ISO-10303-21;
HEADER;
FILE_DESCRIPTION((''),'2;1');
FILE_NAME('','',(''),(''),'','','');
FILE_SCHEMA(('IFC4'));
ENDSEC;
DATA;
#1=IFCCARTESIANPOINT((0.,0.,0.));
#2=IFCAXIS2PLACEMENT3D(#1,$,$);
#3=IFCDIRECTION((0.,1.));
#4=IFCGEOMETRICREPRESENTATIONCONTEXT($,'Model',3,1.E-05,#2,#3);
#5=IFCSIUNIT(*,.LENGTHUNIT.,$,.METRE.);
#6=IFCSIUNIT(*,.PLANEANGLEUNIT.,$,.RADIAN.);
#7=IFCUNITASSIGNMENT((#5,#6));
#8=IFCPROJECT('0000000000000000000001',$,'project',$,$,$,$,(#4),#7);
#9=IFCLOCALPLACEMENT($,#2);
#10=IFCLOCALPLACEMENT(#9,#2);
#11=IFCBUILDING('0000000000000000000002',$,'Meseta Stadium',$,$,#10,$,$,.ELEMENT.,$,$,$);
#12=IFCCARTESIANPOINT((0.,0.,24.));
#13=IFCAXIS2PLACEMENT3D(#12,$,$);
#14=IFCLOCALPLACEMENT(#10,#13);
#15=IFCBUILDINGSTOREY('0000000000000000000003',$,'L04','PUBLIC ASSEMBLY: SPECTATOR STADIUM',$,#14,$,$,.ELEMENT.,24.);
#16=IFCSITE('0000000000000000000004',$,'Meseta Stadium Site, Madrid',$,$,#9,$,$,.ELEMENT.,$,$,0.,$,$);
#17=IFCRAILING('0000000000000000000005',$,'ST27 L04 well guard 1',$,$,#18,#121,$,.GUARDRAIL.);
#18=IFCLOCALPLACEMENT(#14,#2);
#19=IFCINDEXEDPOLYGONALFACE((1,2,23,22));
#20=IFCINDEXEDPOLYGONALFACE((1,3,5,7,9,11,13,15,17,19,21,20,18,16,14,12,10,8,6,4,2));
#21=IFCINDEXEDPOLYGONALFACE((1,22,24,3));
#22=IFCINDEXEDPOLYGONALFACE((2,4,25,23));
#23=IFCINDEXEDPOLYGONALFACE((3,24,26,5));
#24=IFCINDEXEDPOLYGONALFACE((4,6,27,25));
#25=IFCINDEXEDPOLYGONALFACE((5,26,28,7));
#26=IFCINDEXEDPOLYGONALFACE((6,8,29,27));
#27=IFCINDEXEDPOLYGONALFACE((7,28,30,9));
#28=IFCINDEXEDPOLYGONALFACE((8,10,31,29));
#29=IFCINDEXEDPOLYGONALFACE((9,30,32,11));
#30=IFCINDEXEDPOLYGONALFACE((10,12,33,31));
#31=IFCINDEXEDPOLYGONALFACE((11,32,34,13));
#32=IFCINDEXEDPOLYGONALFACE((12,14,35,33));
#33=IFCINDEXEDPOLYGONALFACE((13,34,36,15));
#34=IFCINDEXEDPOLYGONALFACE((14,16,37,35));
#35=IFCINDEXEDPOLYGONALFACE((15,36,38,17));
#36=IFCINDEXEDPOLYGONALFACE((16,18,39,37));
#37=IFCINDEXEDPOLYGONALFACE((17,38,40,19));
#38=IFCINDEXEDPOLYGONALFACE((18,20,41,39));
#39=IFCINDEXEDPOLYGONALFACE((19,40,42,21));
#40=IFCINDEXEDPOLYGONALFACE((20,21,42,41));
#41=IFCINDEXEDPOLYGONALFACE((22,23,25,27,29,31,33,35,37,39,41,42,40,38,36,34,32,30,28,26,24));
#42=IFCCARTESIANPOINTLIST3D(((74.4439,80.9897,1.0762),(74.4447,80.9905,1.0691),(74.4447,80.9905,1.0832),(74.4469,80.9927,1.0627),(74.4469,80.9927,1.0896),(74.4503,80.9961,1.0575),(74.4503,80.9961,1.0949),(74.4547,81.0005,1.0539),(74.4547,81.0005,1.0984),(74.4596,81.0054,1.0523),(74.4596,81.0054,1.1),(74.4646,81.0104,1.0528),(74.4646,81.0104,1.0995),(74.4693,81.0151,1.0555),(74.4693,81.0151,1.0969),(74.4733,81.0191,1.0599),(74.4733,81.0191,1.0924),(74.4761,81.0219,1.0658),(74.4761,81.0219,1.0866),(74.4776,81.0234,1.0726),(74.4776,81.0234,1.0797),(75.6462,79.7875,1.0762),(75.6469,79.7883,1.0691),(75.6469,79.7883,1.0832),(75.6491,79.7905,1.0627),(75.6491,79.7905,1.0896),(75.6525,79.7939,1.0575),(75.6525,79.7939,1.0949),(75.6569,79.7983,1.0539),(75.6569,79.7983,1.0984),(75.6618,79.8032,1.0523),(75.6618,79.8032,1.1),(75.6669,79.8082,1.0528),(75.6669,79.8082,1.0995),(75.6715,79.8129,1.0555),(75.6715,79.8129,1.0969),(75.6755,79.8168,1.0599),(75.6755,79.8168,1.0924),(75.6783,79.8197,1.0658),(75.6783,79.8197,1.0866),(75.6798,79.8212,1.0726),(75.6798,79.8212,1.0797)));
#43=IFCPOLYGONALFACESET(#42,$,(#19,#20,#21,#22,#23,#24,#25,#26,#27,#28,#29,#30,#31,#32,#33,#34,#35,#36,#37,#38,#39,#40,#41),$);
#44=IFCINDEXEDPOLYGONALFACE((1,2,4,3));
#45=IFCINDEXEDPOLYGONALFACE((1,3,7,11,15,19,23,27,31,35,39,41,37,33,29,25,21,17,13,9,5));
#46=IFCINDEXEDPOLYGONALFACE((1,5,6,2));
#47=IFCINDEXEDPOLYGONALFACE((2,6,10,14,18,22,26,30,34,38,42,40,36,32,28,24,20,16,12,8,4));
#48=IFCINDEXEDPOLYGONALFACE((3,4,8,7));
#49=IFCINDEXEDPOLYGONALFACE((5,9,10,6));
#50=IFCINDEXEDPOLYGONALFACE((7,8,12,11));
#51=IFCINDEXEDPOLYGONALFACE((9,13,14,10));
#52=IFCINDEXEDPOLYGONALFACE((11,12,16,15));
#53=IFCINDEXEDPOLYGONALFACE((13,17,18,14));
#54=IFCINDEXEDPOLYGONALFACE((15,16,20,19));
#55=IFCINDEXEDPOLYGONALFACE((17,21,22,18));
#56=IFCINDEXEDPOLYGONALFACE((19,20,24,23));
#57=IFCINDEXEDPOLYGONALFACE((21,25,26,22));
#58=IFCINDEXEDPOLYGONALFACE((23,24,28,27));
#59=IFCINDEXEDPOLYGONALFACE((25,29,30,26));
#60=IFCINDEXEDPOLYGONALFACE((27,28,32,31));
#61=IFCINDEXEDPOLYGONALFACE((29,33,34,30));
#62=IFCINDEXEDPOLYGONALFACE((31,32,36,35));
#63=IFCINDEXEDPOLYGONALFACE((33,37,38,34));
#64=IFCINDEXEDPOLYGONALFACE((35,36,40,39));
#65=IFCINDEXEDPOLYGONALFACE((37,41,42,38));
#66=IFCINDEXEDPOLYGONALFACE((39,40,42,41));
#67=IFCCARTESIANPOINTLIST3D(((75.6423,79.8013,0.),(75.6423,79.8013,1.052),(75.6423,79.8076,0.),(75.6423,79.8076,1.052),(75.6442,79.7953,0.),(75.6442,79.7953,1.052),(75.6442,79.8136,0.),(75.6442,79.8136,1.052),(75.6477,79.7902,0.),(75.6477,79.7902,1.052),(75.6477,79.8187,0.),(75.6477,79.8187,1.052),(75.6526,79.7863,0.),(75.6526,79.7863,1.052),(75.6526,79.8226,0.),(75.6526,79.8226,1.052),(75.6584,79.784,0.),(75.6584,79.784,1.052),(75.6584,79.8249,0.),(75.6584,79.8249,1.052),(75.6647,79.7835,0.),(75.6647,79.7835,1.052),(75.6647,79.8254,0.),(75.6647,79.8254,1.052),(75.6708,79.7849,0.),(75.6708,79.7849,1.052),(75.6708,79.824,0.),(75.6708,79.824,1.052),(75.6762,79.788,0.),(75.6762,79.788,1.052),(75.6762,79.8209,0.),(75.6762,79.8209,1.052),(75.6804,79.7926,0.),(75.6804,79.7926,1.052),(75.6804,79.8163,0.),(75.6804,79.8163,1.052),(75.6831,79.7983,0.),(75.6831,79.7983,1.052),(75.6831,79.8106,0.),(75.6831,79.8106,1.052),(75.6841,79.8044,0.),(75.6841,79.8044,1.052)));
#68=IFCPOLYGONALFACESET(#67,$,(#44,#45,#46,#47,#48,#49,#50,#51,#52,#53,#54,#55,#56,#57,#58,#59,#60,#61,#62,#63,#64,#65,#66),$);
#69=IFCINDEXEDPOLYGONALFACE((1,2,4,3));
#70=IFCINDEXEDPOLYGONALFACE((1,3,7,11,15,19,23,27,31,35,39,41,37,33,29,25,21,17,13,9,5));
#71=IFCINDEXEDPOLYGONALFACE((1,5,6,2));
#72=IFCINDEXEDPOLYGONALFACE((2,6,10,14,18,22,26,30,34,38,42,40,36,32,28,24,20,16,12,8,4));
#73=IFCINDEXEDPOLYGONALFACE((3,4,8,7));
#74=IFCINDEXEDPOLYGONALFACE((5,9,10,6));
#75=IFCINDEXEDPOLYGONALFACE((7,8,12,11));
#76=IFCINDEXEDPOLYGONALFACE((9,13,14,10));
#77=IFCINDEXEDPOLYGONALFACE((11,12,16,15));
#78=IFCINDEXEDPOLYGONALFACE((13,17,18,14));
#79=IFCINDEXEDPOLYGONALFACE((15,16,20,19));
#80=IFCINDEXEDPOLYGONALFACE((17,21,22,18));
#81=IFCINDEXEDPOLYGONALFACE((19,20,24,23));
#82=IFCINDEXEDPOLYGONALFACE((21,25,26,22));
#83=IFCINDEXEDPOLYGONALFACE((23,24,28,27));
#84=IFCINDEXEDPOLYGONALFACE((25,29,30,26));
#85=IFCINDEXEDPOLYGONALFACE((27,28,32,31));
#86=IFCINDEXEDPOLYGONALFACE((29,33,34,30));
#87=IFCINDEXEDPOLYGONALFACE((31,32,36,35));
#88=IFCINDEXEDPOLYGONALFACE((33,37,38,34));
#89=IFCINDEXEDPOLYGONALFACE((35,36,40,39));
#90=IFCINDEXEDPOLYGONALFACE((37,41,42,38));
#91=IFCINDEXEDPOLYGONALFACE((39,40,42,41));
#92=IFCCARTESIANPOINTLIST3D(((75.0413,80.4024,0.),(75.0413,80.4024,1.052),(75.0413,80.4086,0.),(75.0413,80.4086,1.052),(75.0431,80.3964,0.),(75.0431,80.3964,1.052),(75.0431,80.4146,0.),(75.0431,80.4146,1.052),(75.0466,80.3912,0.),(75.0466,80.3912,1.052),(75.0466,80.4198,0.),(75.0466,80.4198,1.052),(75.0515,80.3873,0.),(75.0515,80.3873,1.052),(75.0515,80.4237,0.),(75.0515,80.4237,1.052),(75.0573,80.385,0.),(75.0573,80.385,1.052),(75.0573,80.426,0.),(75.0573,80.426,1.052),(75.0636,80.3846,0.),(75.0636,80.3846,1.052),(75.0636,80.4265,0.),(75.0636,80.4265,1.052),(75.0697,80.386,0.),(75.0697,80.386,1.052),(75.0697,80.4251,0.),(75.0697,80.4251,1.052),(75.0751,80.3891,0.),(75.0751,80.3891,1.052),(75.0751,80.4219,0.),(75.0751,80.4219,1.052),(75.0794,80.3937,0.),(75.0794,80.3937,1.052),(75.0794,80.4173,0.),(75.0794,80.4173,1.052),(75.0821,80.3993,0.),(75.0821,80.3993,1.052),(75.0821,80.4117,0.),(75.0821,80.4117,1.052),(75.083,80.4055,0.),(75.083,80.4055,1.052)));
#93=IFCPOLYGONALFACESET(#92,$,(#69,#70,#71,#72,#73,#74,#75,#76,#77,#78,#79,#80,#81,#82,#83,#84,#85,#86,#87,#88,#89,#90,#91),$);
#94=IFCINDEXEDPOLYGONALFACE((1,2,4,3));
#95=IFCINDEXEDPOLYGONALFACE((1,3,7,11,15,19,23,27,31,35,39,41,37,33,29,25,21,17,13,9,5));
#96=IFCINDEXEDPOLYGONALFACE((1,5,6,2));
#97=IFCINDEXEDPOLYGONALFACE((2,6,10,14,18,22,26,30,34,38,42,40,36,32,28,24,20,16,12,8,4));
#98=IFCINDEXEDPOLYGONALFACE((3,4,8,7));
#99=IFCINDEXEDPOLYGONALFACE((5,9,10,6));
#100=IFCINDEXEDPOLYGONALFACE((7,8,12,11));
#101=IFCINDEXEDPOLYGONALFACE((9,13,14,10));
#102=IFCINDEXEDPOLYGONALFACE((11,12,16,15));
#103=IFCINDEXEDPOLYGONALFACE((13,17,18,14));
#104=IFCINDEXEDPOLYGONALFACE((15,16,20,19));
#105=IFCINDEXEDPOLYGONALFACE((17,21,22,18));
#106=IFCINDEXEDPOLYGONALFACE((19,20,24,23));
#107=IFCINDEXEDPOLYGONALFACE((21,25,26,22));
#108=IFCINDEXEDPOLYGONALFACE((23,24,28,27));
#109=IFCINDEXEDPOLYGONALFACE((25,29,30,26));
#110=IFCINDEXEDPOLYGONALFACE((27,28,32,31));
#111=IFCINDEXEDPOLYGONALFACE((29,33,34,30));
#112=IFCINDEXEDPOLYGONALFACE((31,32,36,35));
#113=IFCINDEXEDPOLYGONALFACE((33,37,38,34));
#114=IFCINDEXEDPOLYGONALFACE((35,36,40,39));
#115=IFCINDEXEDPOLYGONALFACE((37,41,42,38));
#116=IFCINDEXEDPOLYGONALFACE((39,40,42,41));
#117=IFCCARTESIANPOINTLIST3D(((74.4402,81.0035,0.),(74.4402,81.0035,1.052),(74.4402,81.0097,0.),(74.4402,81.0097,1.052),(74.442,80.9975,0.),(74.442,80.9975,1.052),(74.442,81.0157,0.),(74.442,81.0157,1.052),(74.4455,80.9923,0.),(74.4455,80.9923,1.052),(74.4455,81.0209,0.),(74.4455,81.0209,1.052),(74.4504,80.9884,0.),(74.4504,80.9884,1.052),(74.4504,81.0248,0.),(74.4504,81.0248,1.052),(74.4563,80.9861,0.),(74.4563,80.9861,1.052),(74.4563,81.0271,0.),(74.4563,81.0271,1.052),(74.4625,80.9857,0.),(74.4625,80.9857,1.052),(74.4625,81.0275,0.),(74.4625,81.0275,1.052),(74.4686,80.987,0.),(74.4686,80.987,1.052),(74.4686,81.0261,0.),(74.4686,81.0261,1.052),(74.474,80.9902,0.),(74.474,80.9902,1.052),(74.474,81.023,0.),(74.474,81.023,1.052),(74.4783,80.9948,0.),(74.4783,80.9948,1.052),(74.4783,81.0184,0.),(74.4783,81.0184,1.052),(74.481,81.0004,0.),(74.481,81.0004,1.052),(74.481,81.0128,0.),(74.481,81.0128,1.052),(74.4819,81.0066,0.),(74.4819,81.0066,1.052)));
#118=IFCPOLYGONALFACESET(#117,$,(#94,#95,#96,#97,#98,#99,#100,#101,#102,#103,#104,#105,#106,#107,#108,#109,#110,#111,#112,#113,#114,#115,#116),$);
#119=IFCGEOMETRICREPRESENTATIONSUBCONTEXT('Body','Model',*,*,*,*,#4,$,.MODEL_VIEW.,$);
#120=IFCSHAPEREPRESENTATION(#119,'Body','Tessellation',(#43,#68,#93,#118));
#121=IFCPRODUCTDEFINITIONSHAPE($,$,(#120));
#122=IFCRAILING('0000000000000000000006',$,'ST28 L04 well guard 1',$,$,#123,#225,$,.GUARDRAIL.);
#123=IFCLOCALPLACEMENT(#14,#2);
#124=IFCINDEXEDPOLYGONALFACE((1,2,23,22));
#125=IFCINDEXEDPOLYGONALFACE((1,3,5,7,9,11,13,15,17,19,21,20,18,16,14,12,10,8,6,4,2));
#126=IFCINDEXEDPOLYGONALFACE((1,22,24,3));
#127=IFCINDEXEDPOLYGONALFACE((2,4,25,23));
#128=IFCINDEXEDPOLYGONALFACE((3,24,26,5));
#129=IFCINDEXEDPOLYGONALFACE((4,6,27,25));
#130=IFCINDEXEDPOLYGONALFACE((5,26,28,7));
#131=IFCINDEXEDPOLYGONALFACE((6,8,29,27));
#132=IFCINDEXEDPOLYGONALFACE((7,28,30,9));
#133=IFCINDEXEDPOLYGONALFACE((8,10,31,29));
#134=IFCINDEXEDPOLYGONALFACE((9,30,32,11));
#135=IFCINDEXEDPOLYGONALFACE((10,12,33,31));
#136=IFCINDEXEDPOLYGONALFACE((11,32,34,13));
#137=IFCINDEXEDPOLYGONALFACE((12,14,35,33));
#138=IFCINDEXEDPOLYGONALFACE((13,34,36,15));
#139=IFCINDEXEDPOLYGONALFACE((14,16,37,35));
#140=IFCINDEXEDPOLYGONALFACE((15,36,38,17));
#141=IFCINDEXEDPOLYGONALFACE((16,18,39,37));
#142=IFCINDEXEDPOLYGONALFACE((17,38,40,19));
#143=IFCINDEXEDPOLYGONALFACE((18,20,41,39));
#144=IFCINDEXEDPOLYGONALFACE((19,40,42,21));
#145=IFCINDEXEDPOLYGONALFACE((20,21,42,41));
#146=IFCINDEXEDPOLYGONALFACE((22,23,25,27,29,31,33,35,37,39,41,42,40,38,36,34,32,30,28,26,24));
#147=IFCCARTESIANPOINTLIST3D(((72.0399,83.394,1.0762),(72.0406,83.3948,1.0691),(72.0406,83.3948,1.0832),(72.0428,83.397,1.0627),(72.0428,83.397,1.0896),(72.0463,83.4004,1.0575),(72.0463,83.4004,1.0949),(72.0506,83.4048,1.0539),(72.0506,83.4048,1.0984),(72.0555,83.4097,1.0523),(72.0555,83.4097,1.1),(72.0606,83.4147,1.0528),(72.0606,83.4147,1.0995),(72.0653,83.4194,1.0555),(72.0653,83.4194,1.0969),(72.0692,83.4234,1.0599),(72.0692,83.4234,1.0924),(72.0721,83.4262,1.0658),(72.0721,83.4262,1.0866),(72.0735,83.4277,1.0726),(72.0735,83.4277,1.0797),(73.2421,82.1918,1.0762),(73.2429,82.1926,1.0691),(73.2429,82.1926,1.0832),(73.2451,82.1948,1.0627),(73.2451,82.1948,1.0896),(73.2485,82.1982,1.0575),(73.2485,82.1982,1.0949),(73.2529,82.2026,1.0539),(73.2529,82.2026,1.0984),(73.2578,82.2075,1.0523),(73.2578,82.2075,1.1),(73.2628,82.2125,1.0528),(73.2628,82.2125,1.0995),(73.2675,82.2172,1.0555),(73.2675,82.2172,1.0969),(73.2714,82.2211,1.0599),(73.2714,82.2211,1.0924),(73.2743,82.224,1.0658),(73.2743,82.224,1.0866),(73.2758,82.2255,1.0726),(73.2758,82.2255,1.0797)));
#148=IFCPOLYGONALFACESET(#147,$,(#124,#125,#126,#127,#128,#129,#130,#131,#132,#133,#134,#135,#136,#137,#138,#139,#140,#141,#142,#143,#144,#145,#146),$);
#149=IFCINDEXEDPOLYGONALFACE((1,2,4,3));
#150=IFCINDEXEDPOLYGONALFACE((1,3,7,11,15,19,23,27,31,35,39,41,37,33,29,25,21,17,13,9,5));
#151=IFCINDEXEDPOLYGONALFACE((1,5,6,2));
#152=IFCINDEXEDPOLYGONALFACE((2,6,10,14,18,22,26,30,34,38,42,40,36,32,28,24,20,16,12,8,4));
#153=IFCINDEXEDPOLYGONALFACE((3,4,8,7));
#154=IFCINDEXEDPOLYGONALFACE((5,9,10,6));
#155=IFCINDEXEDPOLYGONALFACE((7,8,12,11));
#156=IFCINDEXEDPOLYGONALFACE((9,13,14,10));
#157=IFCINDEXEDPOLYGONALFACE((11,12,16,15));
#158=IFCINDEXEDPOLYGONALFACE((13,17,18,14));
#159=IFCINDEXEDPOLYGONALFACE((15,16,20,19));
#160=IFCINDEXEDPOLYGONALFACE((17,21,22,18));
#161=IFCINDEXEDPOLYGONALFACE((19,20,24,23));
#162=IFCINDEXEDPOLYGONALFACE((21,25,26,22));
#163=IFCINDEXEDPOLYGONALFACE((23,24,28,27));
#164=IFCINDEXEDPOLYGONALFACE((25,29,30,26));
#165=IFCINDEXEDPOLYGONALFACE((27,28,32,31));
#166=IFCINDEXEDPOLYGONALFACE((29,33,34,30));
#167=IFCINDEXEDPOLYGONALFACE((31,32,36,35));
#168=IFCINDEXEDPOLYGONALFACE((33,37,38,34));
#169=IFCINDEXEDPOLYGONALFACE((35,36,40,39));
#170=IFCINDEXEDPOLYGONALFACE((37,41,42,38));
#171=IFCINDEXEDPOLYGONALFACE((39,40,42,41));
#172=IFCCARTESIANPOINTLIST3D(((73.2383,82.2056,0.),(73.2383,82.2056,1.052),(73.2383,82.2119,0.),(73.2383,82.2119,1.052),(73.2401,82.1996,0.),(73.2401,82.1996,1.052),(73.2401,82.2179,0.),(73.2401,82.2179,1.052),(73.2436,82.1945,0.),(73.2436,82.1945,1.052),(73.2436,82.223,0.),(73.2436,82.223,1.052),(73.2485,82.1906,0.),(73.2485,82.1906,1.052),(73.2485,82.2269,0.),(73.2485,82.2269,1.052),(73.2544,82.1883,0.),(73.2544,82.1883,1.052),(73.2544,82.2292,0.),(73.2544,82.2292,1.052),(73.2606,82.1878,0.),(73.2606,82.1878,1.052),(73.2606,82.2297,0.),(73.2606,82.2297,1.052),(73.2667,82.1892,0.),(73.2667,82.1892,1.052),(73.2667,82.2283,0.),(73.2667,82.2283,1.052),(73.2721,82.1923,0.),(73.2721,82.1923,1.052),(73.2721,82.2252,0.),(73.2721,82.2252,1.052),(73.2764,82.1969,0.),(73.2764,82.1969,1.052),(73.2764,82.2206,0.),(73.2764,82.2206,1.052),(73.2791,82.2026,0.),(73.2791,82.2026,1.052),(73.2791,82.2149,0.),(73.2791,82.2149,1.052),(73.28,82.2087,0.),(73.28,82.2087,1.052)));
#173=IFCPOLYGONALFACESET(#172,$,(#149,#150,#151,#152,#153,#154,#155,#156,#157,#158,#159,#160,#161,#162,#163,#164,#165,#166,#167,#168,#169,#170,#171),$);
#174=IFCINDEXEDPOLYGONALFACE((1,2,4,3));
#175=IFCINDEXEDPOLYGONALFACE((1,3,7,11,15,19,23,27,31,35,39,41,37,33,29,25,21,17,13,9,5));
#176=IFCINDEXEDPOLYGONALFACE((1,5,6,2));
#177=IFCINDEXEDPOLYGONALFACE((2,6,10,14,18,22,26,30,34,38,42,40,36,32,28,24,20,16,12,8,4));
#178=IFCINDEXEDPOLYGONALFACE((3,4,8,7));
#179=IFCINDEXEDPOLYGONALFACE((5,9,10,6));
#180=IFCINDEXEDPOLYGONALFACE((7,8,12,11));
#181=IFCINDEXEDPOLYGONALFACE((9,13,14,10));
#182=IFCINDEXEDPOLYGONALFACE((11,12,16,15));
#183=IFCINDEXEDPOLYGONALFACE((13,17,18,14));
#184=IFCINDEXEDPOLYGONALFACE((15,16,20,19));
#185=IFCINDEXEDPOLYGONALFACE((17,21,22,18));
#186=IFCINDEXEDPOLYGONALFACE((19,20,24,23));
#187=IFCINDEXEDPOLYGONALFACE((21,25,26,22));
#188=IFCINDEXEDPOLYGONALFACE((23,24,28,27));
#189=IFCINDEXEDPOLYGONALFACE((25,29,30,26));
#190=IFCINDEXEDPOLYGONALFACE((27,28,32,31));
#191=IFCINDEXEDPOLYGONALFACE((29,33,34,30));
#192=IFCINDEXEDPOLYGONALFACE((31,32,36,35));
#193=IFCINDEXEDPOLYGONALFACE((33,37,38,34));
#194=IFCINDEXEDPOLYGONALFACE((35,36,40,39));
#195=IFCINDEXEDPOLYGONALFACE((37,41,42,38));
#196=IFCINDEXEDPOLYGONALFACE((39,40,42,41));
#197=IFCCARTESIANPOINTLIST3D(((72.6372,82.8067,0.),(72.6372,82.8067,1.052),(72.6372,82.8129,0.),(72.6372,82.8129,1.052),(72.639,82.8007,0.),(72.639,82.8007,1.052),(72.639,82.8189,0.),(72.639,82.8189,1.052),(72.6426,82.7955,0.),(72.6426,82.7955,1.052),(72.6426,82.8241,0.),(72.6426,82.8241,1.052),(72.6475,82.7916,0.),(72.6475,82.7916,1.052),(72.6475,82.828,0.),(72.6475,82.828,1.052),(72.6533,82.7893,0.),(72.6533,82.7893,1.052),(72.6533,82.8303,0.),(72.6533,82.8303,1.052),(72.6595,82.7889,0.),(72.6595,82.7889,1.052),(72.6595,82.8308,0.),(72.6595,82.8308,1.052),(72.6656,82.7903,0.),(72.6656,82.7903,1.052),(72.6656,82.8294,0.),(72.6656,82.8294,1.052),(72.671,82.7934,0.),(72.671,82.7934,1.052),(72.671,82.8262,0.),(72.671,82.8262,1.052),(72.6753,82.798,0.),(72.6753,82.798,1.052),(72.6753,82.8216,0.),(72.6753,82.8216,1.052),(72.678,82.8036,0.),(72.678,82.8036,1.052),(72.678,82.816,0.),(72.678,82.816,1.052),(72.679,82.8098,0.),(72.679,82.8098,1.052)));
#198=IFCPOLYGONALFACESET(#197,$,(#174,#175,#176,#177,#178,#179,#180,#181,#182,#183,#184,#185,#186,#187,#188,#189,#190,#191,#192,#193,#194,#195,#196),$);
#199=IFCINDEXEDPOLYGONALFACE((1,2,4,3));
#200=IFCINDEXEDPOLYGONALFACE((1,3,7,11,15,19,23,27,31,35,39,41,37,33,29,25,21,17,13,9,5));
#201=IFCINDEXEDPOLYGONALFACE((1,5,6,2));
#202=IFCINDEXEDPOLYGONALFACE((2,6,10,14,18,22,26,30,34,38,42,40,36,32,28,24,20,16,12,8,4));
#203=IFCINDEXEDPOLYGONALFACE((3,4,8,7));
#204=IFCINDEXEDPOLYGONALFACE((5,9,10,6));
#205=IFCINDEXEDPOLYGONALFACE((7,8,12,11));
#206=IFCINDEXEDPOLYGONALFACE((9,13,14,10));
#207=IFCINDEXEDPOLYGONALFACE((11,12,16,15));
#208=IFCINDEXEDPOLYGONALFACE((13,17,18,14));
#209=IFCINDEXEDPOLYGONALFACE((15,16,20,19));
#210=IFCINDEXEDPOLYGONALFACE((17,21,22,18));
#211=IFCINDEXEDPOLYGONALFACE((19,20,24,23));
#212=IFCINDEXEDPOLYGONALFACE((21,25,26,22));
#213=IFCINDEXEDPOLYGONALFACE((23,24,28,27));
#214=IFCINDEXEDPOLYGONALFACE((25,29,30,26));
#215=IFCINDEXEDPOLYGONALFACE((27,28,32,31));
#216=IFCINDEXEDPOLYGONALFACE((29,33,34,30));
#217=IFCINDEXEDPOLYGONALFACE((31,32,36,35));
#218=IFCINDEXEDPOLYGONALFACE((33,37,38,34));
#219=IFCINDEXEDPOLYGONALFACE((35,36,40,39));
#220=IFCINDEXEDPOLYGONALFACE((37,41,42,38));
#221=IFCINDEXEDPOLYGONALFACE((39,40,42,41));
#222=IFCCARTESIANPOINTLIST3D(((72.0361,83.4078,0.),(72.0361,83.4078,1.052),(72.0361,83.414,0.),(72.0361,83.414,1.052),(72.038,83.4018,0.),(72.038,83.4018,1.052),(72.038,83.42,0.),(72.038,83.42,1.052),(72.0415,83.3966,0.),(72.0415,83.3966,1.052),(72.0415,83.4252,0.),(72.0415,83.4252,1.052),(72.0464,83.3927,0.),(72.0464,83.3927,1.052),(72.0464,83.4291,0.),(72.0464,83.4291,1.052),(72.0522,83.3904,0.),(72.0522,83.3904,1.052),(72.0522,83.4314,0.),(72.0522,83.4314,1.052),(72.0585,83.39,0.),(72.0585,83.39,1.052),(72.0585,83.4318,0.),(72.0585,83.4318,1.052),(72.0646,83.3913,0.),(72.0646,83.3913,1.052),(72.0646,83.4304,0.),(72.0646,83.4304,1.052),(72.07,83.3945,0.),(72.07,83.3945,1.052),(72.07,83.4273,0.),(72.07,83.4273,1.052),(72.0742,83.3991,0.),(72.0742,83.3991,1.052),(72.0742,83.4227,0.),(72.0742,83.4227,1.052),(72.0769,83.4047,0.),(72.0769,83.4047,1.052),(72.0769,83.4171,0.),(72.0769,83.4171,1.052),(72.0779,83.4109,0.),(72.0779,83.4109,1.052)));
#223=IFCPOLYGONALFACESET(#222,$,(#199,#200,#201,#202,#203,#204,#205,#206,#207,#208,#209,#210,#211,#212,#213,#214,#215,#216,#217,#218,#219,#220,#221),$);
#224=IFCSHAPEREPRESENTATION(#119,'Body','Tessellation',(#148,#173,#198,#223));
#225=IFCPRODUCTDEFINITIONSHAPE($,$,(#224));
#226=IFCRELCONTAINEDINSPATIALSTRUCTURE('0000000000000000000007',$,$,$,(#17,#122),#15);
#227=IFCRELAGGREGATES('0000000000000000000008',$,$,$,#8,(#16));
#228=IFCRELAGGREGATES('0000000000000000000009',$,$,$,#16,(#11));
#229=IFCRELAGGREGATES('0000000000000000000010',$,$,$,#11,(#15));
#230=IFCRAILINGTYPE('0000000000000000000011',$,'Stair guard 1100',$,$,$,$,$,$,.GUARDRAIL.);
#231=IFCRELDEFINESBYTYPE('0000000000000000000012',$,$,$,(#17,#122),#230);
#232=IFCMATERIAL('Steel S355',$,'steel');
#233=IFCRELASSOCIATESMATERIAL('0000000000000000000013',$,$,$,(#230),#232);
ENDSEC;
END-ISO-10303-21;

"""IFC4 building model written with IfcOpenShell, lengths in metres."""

from ifc_helpers import new_model, si_unit, direction, frame, origin, origin_2d, place, context, subcontext, project, spatial, circle, extrude, material, type_object, element, save


model = new_model("IFC4")

# Units and contexts
model_context = context("Model", 3, precision=1e-05, world=origin(), true_north=direction((0.0, 1.0)))
body_context = subcontext(model_context, "Body", "Model", "MODEL_VIEW")
ifc_project = project(units=[si_unit("LENGTHUNIT", "METRE"), si_unit("PLANEANGLEUNIT", "RADIAN")], contexts=[model_context])

# Site, building, storey
site_placement = place(None, origin())
site = spatial("IfcSite", under=ifc_project, at=site_placement, Name="Meseta Stadium Site, Madrid", CompositionType="ELEMENT", RefElevation=0.0)
building_placement = place(site_placement, origin())
building = spatial("IfcBuilding", under=site, at=building_placement, Name="Meseta Stadium", CompositionType="ELEMENT")
storey_placement = place(building_placement, frame((0.0, 0.0, 24.0)))
storey = spatial("IfcBuildingStorey", under=building, at=storey_placement, Name="L04", Description="PUBLIC ASSEMBLY: SPECTATOR STADIUM", CompositionType="ELEMENT", Elevation=24.0)

# Railings
ifc_material_1 = material(Name="Steel S355", Category="steel")
railing_type = type_object("IfcRailingType", Name="Stair guard 1100", PredefinedType="GUARDRAIL", material=ifc_material_1)
for number, where, name in (
    (1, (75.6631, 79.8044, 0.0), "ST27 L04 well guard 1"),
    (2, (73.259, 82.2087, 0.0), "ST28 L04 well guard 1"),
):
    element("IfcRailing", number, at=place(storey_placement, frame(where)), inside=storey, type_object=railing_type, Name=name, PredefinedType="GUARDRAIL", context=body_context, shape_type="SweptSolid", body=[
        extrude(circle(Radius=0.0239, at=origin_2d()), frame((0.0, 0.0, 1.0762), z_axis=(-0.707107, 0.707107, 0.0), x_axis=(-0.707107, -0.707107, 0.0)), (0.0, 0.0, 1.0), 1.7002),
        extrude(circle(Radius=0.021, at=origin_2d()), origin(), (0.0, 0.0, 1.0), 1.052),
        extrude(circle(Radius=0.021, at=origin_2d()), frame((-0.6011, 0.6011, 0.0)), (0.0, 0.0, 1.0), 1.052),
        extrude(circle(Radius=0.021, at=origin_2d()), frame((-1.2021, 1.2021, 0.0)), (0.0, 0.0, 1.0), 1.052),
    ])

save(model, "model.ifc")
